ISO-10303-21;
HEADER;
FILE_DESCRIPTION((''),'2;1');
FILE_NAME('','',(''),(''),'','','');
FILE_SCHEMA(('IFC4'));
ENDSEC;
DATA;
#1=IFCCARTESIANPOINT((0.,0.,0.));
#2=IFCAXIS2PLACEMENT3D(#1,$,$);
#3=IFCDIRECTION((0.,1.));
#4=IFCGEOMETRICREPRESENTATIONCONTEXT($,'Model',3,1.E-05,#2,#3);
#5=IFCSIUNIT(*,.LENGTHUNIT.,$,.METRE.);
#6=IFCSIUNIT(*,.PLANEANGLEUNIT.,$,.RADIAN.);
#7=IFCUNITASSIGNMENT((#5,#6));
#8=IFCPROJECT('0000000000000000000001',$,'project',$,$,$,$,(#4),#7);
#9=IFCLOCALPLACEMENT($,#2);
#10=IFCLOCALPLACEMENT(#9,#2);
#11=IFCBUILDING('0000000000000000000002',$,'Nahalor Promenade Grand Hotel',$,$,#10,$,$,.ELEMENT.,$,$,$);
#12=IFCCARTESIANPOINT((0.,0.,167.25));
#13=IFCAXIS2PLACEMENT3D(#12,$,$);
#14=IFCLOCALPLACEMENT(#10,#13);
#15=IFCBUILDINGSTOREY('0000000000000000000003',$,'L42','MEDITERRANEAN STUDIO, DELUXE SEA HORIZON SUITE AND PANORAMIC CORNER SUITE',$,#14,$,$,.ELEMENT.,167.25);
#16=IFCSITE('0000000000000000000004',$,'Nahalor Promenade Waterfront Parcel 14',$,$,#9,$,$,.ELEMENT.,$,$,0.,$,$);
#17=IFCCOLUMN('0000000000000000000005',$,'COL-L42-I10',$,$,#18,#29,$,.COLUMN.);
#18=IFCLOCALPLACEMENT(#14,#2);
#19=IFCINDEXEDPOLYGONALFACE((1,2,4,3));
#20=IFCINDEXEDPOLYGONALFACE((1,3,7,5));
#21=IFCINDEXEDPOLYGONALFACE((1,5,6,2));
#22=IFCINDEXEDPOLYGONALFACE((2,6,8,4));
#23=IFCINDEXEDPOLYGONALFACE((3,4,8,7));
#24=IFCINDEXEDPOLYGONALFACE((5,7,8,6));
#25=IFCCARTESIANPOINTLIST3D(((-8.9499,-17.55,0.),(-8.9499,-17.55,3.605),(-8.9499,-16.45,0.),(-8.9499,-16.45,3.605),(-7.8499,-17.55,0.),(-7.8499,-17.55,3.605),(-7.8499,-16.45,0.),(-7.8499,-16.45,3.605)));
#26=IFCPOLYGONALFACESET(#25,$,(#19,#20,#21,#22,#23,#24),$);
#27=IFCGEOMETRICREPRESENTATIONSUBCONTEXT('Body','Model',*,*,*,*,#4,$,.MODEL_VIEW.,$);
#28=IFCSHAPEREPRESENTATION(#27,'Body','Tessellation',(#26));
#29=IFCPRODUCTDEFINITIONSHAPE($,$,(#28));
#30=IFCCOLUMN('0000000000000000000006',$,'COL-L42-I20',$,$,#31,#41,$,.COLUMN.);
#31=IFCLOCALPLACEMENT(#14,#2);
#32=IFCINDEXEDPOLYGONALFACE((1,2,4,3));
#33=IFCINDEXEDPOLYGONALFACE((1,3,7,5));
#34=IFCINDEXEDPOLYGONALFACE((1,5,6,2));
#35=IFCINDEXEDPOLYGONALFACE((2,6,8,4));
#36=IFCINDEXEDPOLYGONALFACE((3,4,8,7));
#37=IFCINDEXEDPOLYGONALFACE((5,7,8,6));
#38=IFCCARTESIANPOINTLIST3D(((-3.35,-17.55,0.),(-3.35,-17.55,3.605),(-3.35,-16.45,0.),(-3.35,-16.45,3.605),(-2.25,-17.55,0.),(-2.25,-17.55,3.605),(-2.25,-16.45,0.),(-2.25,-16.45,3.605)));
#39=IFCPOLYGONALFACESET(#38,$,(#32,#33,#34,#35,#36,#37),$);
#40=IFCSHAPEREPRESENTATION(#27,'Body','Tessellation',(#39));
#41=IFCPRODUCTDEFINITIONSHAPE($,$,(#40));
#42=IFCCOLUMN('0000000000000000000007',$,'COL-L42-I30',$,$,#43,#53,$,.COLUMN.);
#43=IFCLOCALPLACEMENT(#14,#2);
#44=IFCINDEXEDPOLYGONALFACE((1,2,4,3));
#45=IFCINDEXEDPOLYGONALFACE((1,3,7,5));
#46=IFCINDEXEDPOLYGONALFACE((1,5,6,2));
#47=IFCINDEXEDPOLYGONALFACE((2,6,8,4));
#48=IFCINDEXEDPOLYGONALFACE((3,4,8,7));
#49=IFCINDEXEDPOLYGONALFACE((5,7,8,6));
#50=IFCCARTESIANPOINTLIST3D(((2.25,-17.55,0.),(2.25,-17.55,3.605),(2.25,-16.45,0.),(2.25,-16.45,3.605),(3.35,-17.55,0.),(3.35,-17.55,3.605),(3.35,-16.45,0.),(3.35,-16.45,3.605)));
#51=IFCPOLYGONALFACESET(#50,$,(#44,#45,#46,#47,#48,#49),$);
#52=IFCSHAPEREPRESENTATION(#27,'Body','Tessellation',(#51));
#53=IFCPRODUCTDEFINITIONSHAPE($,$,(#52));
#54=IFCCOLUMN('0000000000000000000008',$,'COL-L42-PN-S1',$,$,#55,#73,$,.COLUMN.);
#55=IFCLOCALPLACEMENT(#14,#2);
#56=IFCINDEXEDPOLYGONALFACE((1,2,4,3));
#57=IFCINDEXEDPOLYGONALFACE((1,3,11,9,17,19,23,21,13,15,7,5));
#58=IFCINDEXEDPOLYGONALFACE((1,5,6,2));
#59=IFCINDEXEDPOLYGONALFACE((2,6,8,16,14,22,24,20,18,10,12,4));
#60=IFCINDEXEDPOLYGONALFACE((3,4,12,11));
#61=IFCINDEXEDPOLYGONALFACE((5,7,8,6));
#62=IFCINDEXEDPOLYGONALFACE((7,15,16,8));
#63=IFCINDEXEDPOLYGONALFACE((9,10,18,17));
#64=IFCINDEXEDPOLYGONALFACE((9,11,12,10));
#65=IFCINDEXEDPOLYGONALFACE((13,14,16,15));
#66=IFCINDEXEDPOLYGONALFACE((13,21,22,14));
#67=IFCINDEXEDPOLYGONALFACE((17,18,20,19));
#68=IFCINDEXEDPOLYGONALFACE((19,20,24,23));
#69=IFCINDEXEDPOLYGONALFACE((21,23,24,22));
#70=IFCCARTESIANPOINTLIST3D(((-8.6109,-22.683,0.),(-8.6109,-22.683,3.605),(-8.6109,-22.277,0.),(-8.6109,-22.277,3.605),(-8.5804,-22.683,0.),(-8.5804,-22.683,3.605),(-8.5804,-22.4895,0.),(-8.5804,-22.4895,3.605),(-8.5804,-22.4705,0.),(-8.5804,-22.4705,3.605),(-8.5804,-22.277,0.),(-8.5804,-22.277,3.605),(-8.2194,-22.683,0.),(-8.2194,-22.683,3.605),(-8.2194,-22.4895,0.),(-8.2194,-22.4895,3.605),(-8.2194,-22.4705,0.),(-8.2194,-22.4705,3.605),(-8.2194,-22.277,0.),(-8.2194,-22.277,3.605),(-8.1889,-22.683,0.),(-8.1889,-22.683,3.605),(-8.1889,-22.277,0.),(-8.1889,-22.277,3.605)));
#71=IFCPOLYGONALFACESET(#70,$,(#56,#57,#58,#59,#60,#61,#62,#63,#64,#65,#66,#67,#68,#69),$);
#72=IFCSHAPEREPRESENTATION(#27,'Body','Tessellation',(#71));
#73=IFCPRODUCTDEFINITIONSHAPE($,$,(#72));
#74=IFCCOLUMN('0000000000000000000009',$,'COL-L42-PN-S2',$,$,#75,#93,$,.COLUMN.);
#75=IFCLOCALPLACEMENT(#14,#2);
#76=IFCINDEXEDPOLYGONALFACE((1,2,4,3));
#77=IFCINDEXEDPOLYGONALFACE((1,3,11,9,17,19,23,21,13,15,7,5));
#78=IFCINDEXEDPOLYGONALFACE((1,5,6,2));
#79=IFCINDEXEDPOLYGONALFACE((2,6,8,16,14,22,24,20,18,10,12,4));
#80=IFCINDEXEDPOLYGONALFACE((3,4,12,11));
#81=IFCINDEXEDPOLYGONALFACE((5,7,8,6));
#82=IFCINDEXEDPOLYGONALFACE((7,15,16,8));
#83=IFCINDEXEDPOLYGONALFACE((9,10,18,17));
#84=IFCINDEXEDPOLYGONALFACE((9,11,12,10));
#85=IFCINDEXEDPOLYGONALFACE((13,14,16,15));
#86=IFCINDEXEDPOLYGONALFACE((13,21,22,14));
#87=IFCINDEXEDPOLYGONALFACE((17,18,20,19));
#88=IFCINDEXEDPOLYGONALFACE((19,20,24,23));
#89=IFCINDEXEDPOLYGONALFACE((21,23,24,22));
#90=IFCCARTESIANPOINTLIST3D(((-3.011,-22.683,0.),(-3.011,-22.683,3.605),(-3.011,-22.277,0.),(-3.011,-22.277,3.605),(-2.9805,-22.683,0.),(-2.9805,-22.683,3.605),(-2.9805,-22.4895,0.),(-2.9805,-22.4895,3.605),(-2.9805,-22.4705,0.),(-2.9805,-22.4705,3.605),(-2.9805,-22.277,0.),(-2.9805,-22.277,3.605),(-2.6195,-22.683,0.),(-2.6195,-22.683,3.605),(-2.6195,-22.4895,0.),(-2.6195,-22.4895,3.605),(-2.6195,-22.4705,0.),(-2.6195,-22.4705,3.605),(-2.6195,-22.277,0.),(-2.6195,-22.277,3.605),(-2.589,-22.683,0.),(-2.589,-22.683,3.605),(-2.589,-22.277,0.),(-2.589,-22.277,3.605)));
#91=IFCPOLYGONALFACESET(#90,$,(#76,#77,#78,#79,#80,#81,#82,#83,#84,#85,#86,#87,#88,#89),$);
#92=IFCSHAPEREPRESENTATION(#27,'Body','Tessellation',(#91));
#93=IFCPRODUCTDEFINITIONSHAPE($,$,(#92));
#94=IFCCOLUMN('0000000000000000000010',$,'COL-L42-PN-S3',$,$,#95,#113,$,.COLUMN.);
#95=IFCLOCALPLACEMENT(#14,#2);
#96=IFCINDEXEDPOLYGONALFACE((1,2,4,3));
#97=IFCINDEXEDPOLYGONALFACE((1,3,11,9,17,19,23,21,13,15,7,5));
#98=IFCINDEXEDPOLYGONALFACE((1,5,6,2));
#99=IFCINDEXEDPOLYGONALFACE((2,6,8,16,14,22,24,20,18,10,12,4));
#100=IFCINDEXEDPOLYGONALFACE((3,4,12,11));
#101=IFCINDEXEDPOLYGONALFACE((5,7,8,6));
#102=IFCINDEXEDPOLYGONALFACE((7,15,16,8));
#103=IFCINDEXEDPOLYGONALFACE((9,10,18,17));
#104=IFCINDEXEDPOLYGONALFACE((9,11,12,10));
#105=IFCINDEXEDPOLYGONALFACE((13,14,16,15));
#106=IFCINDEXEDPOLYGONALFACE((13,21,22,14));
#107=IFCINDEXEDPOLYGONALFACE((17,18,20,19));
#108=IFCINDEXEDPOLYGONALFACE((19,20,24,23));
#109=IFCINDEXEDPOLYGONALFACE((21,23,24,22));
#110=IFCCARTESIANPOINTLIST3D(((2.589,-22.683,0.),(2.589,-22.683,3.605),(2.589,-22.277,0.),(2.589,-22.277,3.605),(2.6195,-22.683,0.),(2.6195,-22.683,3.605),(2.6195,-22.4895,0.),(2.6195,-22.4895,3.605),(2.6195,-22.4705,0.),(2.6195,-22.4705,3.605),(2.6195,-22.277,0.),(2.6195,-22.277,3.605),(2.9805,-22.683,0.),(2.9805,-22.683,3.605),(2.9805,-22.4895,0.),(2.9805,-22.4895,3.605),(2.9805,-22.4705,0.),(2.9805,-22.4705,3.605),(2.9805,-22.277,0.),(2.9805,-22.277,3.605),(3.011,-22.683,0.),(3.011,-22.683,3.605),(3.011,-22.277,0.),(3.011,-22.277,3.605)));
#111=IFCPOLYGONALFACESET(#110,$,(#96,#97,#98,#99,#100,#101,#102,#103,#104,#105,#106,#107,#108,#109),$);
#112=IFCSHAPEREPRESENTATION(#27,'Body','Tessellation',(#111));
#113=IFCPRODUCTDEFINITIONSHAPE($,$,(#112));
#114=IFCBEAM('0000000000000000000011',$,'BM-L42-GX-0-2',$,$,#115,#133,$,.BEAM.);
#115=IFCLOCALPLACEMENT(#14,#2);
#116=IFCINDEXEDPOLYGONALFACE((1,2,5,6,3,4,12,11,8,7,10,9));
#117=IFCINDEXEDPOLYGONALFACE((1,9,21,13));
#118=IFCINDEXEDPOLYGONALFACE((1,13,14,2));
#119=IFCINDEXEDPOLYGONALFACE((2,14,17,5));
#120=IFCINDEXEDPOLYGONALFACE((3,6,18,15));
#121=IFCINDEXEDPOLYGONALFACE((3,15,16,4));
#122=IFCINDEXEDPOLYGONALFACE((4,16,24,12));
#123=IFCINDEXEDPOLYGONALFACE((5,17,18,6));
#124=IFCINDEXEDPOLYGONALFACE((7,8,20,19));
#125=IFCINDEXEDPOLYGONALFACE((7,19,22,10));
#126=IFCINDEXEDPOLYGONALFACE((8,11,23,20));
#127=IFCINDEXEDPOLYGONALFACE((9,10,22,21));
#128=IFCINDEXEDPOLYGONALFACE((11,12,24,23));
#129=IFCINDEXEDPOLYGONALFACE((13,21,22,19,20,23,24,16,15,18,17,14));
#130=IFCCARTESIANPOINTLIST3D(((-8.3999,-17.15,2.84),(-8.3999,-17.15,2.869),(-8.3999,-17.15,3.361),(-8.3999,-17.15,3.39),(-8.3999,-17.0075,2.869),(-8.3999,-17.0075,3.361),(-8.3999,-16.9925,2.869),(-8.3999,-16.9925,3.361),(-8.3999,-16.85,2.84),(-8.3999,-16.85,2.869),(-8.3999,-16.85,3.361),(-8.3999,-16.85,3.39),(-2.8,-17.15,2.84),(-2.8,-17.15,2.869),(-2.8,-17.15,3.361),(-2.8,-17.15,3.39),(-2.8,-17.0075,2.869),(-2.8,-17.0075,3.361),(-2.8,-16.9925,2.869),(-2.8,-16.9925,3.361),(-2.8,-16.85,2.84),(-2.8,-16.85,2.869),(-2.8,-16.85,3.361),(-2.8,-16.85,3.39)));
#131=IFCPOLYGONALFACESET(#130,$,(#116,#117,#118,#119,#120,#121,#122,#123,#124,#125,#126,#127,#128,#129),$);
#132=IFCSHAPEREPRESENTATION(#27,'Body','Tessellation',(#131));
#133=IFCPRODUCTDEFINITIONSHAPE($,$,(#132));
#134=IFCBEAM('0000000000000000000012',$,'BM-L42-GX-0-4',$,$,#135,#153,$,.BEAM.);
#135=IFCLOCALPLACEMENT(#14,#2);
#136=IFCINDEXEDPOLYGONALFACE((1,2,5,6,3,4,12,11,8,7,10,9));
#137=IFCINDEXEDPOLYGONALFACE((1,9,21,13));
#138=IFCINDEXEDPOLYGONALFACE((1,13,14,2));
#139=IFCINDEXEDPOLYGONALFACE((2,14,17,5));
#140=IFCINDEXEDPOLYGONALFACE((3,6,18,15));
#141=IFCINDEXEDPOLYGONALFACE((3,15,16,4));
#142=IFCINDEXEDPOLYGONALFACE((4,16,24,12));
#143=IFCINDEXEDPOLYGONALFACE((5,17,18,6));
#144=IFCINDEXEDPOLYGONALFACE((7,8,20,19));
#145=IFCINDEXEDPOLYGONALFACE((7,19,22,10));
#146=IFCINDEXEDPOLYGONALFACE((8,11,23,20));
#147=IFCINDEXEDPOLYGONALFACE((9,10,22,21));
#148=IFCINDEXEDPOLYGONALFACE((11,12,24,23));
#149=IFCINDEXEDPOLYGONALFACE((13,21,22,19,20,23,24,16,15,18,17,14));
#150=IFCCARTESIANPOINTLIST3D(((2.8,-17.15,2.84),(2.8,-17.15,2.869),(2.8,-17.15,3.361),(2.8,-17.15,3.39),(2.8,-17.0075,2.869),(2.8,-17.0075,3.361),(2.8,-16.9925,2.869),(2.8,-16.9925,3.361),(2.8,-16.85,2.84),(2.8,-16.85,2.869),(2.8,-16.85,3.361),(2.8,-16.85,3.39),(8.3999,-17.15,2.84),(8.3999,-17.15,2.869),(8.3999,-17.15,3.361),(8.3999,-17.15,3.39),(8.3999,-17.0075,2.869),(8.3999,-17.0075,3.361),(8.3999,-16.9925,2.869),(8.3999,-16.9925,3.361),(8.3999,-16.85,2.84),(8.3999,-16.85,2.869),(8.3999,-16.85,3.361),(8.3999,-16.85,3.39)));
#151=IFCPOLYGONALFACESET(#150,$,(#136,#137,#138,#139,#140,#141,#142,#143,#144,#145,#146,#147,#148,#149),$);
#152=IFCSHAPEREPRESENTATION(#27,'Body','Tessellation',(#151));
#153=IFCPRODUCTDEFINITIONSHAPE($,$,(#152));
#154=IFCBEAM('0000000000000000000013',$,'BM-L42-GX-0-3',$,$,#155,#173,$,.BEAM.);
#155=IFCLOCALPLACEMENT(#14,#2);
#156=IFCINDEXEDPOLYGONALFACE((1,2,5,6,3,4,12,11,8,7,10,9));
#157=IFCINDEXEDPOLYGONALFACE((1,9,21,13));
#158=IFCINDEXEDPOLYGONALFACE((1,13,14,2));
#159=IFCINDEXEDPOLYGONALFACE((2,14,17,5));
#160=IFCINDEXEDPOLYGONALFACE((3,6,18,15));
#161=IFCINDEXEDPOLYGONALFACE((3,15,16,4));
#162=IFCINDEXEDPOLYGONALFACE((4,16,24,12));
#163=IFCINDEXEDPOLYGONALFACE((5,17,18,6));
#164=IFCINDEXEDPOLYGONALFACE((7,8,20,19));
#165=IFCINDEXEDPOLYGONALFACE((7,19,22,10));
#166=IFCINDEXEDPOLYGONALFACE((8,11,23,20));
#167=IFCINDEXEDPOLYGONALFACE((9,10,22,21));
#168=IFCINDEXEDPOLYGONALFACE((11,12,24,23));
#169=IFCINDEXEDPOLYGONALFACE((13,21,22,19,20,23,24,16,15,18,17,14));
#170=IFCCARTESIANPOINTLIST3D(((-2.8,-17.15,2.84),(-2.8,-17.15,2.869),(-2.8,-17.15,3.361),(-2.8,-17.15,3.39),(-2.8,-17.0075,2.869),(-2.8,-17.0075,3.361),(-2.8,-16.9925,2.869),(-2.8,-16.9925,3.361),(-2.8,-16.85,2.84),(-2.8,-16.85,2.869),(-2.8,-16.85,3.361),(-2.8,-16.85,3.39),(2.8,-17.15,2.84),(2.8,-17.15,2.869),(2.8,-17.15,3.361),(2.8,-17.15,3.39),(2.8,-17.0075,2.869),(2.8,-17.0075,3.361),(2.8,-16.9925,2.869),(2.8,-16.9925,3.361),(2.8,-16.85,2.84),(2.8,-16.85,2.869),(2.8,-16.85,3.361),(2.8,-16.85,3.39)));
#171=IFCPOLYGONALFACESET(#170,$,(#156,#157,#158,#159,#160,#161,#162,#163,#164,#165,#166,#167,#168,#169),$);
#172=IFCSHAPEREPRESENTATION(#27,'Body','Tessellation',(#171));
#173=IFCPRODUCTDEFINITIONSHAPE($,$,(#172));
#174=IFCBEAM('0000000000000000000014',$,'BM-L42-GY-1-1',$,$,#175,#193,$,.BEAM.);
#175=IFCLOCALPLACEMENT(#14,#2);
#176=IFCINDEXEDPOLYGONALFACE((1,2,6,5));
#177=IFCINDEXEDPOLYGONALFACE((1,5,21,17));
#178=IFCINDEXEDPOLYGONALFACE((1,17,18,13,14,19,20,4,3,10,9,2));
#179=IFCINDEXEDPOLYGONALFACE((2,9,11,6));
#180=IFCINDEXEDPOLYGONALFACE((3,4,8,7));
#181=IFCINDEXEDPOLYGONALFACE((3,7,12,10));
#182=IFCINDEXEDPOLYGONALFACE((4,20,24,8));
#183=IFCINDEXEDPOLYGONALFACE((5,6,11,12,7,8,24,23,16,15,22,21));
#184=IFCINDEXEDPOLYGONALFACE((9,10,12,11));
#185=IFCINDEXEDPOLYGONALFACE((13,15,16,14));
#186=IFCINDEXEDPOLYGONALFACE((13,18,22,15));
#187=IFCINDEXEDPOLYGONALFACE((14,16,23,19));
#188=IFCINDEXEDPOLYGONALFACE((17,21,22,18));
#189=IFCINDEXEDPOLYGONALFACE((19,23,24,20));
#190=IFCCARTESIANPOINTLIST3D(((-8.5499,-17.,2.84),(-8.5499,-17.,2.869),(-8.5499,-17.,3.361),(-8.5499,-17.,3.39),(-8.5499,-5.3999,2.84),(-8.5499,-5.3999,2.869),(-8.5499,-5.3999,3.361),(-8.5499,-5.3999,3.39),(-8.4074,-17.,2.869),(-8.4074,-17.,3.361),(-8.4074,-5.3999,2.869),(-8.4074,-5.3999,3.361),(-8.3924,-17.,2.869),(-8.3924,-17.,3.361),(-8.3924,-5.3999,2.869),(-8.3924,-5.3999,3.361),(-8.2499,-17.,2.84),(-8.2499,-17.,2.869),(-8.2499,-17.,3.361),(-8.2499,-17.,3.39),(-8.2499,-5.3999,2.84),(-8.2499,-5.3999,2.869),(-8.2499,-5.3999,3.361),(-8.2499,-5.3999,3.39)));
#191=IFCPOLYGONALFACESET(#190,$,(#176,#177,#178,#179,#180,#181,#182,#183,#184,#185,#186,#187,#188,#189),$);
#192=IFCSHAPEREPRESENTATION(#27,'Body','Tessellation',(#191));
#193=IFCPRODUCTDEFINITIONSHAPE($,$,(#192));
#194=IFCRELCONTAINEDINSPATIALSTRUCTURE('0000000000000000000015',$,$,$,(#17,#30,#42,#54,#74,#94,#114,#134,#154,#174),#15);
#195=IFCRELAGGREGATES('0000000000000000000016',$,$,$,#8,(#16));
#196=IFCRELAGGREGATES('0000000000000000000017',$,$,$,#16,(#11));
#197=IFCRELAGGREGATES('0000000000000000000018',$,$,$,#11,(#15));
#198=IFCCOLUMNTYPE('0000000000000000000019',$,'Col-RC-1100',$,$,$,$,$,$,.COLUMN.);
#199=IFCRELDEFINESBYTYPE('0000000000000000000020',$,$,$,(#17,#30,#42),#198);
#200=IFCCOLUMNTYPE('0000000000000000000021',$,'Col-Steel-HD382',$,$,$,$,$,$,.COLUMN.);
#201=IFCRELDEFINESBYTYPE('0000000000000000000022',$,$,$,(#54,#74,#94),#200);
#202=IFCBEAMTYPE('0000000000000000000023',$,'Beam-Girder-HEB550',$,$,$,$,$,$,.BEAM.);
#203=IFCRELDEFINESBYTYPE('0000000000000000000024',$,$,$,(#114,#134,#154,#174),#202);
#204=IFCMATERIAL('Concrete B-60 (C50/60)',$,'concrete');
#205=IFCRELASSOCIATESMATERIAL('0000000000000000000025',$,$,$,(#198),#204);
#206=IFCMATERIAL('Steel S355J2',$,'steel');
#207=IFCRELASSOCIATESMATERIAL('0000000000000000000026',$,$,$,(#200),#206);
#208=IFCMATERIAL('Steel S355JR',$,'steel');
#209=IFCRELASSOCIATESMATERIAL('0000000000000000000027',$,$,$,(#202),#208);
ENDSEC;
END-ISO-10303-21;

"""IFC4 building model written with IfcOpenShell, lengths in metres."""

from ifc_helpers import new_model, si_unit, direction, frame, origin, origin_2d, place, context, subcontext, project, spatial, rectangle, i_section, extrude, source, transform, mapped, material, material_profile, profile_set, type_object, element, save


model = new_model("IFC4")

# Units and contexts
model_context = context("Model", 3, precision=1e-05, world=origin(), true_north=direction((0.0, 1.0)))
body_context = subcontext(model_context, "Body", "Model", "MODEL_VIEW")
ifc_project = project(units=[si_unit("LENGTHUNIT", "METRE"), si_unit("PLANEANGLEUNIT", "RADIAN")], contexts=[model_context])

# Site, building, storey
site_placement = place(None, origin())
site = spatial("IfcSite", under=ifc_project, at=site_placement, Name="Nahalor Promenade Waterfront Parcel 14", CompositionType="ELEMENT", RefElevation=0.0)
building_placement = place(site_placement, origin())
building = spatial("IfcBuilding", under=site, at=building_placement, Name="Nahalor Promenade Grand Hotel", CompositionType="ELEMENT")
storey_placement = place(building_placement, frame((0.0, 0.0, 167.25)))
storey = spatial("IfcBuildingStorey", under=building, at=storey_placement, Name="L42", Description="MEDITERRANEAN STUDIO, DELUXE SEA HORIZON SUITE AND PANORAMIC CORNER SUITE", CompositionType="ELEMENT", Elevation=167.25)

# Columns
ifc_material_1 = material(Name="Concrete B-60 (C50/60)", Category="concrete")
ifc_material_profile_1 = material_profile(ifc_material_1, rectangle(XDim=1.1, YDim=1.1, at=origin_2d()), Name="RC 1100x1100")
ifc_profile_set_1 = profile_set([ifc_material_profile_1], Name="Concrete B-60 (C50/60)")
column_type_1 = type_object("IfcColumnType", Name="Col-RC-1100", PredefinedType="COLUMN", material=ifc_profile_set_1)
shared_shape_1 = source(origin(), body_context, "Body", "SweptSolid", [
    extrude(rectangle(XDim=1.1, YDim=1.1, at=origin_2d()), origin(), (0.0, 0.0, 1.0), 3.605),
])
for number, where, z_axis, x_axis, name in (
    (1, (-8.3999, -17.0, 0.0), (0.0, 0.0, 1.0), (1.0, 0.0, 0.0), "COL-L42-I10"),
    (2, (-2.8, -17.0, 0.0), (0.0, 0.0, 1.0), (1.0, 0.0, 0.0), "COL-L42-I20"),
    (3, (2.8, -17.0, 0.0), (0.0, 0.0, 1.0), (1.0, 0.0, 0.0), "COL-L42-I30"),
):
    element("IfcColumn", number, at=place(storey_placement, frame(where, z_axis=z_axis, x_axis=x_axis)), inside=storey, type_object=column_type_1, Name=name, PredefinedType="COLUMN", context=body_context, shape_type="MappedRepresentation", body=[
        mapped(shared_shape_1, transform((0.0, 0.0, 0.0), scale=1.0)),
    ])
ifc_material_2 = material(Name="Steel S355J2", Category="steel")
ifc_material_profile_2 = material_profile(ifc_material_2, i_section(OverallWidth=0.406, OverallDepth=0.422, WebThickness=0.019, FlangeThickness=0.0305, at=origin_2d()), Name="HD 400x382")
ifc_profile_set_2 = profile_set([ifc_material_profile_2], Name="Steel S355J2")
column_type_2 = type_object("IfcColumnType", Name="Col-Steel-HD382", PredefinedType="COLUMN", material=ifc_profile_set_2)
shared_shape_2 = source(origin(), body_context, "Body", "SweptSolid", [
    extrude(i_section(OverallWidth=0.406, OverallDepth=0.422, WebThickness=0.019, FlangeThickness=0.0305, at=origin_2d()), origin(), (0.0, 0.0, 1.0), 3.605),
])
for number, where, z_axis, x_axis, name in (
    (4, (-8.3999, -22.48, 0.0), (0.0, 0.0, 1.0), (0.0, 1.0, 0.0), "COL-L42-PN-S1"),
    (5, (-2.8, -22.48, 0.0), (0.0, 0.0, 1.0), (0.0, 1.0, 0.0), "COL-L42-PN-S2"),
    (6, (2.8, -22.48, 0.0), (0.0, 0.0, 1.0), (0.0, 1.0, 0.0), "COL-L42-PN-S3"),
):
    element("IfcColumn", number, at=place(storey_placement, frame(where, z_axis=z_axis, x_axis=x_axis)), inside=storey, type_object=column_type_2, Name=name, PredefinedType="COLUMN", context=body_context, shape_type="MappedRepresentation", body=[
        mapped(shared_shape_2, transform((0.0, 0.0, 0.0), scale=1.0)),
    ])

# Beams
ifc_material_3 = material(Name="Steel S355JR", Category="steel")
ifc_material_profile_3 = material_profile(ifc_material_3, i_section(OverallWidth=0.3, OverallDepth=0.55, WebThickness=0.015, FlangeThickness=0.029, at=origin_2d()), Name="HEB 550")
ifc_profile_set_3 = profile_set([ifc_material_profile_3], Name="Steel S355JR")
beam_type_1 = type_object("IfcBeamType", Name="Beam-Girder-HEB550", PredefinedType="BEAM", material=ifc_profile_set_3)
shared_shape_3 = source(origin(), body_context, "Body", "SweptSolid", [
    extrude(i_section(OverallWidth=0.3, OverallDepth=0.55, WebThickness=0.015, FlangeThickness=0.029, at=origin_2d()), origin(), (0.0, 0.0, 1.0), 5.5999),
])
for number, where, z_axis, x_axis, name in (
    (7, (-8.3999, -17.0, 3.115), (1.0, 0.0, 0.0), (0.0, 1.0, 0.0), "BM-L42-GX-0-2"),
    (8, (2.8, -17.0, 3.115), (1.0, 0.0, 0.0), (0.0, 1.0, 0.0), "BM-L42-GX-0-4"),
):
    element("IfcBeam", number, at=place(storey_placement, frame(where, z_axis=z_axis, x_axis=x_axis)), inside=storey, type_object=beam_type_1, Name=name, PredefinedType="BEAM", context=body_context, shape_type="MappedRepresentation", body=[
        mapped(shared_shape_3, transform((0.0, 0.0, 0.0), scale=1.0)),
    ])
shared_shape_4 = source(origin(), body_context, "Body", "SweptSolid", [
    extrude(i_section(OverallWidth=0.3, OverallDepth=0.55, WebThickness=0.015, FlangeThickness=0.029, at=origin_2d()), origin(), (0.0, 0.0, 1.0), 5.6001),
])
beam_1_placement = place(storey_placement, frame((-2.8, -17.0, 3.115), z_axis=(1.0, 0.0, 0.0), x_axis=(0.0, 1.0, 0.0)))
element("IfcBeam", 9, at=beam_1_placement, inside=storey, type_object=beam_type_1, Name="BM-L42-GX-0-3", PredefinedType="BEAM", context=body_context, shape_type="MappedRepresentation", body=[
    mapped(shared_shape_4, transform((0.0, 0.0, 0.0), scale=1.0)),
])
shared_shape_5 = source(origin(), body_context, "Body", "SweptSolid", [
    extrude(i_section(OverallWidth=0.3, OverallDepth=0.55, WebThickness=0.015, FlangeThickness=0.029, at=origin_2d()), origin(), (0.0, 0.0, 1.0), 11.6001),
])
for number, where, z_axis, x_axis, name in (
    (10, (-8.3999, -17.0, 3.115), (0.0, 1.0, 0.0), (-1.0, 0.0, 0.0), "BM-L42-GY-1-1"),
):
    element("IfcBeam", number, at=place(storey_placement, frame(where, z_axis=z_axis, x_axis=x_axis)), inside=storey, type_object=beam_type_1, Name=name, PredefinedType="BEAM", context=body_context, shape_type="MappedRepresentation", body=[
        mapped(shared_shape_5, transform((0.0, 0.0, 0.0), scale=1.0)),
    ])

save(model, "model.ifc")
